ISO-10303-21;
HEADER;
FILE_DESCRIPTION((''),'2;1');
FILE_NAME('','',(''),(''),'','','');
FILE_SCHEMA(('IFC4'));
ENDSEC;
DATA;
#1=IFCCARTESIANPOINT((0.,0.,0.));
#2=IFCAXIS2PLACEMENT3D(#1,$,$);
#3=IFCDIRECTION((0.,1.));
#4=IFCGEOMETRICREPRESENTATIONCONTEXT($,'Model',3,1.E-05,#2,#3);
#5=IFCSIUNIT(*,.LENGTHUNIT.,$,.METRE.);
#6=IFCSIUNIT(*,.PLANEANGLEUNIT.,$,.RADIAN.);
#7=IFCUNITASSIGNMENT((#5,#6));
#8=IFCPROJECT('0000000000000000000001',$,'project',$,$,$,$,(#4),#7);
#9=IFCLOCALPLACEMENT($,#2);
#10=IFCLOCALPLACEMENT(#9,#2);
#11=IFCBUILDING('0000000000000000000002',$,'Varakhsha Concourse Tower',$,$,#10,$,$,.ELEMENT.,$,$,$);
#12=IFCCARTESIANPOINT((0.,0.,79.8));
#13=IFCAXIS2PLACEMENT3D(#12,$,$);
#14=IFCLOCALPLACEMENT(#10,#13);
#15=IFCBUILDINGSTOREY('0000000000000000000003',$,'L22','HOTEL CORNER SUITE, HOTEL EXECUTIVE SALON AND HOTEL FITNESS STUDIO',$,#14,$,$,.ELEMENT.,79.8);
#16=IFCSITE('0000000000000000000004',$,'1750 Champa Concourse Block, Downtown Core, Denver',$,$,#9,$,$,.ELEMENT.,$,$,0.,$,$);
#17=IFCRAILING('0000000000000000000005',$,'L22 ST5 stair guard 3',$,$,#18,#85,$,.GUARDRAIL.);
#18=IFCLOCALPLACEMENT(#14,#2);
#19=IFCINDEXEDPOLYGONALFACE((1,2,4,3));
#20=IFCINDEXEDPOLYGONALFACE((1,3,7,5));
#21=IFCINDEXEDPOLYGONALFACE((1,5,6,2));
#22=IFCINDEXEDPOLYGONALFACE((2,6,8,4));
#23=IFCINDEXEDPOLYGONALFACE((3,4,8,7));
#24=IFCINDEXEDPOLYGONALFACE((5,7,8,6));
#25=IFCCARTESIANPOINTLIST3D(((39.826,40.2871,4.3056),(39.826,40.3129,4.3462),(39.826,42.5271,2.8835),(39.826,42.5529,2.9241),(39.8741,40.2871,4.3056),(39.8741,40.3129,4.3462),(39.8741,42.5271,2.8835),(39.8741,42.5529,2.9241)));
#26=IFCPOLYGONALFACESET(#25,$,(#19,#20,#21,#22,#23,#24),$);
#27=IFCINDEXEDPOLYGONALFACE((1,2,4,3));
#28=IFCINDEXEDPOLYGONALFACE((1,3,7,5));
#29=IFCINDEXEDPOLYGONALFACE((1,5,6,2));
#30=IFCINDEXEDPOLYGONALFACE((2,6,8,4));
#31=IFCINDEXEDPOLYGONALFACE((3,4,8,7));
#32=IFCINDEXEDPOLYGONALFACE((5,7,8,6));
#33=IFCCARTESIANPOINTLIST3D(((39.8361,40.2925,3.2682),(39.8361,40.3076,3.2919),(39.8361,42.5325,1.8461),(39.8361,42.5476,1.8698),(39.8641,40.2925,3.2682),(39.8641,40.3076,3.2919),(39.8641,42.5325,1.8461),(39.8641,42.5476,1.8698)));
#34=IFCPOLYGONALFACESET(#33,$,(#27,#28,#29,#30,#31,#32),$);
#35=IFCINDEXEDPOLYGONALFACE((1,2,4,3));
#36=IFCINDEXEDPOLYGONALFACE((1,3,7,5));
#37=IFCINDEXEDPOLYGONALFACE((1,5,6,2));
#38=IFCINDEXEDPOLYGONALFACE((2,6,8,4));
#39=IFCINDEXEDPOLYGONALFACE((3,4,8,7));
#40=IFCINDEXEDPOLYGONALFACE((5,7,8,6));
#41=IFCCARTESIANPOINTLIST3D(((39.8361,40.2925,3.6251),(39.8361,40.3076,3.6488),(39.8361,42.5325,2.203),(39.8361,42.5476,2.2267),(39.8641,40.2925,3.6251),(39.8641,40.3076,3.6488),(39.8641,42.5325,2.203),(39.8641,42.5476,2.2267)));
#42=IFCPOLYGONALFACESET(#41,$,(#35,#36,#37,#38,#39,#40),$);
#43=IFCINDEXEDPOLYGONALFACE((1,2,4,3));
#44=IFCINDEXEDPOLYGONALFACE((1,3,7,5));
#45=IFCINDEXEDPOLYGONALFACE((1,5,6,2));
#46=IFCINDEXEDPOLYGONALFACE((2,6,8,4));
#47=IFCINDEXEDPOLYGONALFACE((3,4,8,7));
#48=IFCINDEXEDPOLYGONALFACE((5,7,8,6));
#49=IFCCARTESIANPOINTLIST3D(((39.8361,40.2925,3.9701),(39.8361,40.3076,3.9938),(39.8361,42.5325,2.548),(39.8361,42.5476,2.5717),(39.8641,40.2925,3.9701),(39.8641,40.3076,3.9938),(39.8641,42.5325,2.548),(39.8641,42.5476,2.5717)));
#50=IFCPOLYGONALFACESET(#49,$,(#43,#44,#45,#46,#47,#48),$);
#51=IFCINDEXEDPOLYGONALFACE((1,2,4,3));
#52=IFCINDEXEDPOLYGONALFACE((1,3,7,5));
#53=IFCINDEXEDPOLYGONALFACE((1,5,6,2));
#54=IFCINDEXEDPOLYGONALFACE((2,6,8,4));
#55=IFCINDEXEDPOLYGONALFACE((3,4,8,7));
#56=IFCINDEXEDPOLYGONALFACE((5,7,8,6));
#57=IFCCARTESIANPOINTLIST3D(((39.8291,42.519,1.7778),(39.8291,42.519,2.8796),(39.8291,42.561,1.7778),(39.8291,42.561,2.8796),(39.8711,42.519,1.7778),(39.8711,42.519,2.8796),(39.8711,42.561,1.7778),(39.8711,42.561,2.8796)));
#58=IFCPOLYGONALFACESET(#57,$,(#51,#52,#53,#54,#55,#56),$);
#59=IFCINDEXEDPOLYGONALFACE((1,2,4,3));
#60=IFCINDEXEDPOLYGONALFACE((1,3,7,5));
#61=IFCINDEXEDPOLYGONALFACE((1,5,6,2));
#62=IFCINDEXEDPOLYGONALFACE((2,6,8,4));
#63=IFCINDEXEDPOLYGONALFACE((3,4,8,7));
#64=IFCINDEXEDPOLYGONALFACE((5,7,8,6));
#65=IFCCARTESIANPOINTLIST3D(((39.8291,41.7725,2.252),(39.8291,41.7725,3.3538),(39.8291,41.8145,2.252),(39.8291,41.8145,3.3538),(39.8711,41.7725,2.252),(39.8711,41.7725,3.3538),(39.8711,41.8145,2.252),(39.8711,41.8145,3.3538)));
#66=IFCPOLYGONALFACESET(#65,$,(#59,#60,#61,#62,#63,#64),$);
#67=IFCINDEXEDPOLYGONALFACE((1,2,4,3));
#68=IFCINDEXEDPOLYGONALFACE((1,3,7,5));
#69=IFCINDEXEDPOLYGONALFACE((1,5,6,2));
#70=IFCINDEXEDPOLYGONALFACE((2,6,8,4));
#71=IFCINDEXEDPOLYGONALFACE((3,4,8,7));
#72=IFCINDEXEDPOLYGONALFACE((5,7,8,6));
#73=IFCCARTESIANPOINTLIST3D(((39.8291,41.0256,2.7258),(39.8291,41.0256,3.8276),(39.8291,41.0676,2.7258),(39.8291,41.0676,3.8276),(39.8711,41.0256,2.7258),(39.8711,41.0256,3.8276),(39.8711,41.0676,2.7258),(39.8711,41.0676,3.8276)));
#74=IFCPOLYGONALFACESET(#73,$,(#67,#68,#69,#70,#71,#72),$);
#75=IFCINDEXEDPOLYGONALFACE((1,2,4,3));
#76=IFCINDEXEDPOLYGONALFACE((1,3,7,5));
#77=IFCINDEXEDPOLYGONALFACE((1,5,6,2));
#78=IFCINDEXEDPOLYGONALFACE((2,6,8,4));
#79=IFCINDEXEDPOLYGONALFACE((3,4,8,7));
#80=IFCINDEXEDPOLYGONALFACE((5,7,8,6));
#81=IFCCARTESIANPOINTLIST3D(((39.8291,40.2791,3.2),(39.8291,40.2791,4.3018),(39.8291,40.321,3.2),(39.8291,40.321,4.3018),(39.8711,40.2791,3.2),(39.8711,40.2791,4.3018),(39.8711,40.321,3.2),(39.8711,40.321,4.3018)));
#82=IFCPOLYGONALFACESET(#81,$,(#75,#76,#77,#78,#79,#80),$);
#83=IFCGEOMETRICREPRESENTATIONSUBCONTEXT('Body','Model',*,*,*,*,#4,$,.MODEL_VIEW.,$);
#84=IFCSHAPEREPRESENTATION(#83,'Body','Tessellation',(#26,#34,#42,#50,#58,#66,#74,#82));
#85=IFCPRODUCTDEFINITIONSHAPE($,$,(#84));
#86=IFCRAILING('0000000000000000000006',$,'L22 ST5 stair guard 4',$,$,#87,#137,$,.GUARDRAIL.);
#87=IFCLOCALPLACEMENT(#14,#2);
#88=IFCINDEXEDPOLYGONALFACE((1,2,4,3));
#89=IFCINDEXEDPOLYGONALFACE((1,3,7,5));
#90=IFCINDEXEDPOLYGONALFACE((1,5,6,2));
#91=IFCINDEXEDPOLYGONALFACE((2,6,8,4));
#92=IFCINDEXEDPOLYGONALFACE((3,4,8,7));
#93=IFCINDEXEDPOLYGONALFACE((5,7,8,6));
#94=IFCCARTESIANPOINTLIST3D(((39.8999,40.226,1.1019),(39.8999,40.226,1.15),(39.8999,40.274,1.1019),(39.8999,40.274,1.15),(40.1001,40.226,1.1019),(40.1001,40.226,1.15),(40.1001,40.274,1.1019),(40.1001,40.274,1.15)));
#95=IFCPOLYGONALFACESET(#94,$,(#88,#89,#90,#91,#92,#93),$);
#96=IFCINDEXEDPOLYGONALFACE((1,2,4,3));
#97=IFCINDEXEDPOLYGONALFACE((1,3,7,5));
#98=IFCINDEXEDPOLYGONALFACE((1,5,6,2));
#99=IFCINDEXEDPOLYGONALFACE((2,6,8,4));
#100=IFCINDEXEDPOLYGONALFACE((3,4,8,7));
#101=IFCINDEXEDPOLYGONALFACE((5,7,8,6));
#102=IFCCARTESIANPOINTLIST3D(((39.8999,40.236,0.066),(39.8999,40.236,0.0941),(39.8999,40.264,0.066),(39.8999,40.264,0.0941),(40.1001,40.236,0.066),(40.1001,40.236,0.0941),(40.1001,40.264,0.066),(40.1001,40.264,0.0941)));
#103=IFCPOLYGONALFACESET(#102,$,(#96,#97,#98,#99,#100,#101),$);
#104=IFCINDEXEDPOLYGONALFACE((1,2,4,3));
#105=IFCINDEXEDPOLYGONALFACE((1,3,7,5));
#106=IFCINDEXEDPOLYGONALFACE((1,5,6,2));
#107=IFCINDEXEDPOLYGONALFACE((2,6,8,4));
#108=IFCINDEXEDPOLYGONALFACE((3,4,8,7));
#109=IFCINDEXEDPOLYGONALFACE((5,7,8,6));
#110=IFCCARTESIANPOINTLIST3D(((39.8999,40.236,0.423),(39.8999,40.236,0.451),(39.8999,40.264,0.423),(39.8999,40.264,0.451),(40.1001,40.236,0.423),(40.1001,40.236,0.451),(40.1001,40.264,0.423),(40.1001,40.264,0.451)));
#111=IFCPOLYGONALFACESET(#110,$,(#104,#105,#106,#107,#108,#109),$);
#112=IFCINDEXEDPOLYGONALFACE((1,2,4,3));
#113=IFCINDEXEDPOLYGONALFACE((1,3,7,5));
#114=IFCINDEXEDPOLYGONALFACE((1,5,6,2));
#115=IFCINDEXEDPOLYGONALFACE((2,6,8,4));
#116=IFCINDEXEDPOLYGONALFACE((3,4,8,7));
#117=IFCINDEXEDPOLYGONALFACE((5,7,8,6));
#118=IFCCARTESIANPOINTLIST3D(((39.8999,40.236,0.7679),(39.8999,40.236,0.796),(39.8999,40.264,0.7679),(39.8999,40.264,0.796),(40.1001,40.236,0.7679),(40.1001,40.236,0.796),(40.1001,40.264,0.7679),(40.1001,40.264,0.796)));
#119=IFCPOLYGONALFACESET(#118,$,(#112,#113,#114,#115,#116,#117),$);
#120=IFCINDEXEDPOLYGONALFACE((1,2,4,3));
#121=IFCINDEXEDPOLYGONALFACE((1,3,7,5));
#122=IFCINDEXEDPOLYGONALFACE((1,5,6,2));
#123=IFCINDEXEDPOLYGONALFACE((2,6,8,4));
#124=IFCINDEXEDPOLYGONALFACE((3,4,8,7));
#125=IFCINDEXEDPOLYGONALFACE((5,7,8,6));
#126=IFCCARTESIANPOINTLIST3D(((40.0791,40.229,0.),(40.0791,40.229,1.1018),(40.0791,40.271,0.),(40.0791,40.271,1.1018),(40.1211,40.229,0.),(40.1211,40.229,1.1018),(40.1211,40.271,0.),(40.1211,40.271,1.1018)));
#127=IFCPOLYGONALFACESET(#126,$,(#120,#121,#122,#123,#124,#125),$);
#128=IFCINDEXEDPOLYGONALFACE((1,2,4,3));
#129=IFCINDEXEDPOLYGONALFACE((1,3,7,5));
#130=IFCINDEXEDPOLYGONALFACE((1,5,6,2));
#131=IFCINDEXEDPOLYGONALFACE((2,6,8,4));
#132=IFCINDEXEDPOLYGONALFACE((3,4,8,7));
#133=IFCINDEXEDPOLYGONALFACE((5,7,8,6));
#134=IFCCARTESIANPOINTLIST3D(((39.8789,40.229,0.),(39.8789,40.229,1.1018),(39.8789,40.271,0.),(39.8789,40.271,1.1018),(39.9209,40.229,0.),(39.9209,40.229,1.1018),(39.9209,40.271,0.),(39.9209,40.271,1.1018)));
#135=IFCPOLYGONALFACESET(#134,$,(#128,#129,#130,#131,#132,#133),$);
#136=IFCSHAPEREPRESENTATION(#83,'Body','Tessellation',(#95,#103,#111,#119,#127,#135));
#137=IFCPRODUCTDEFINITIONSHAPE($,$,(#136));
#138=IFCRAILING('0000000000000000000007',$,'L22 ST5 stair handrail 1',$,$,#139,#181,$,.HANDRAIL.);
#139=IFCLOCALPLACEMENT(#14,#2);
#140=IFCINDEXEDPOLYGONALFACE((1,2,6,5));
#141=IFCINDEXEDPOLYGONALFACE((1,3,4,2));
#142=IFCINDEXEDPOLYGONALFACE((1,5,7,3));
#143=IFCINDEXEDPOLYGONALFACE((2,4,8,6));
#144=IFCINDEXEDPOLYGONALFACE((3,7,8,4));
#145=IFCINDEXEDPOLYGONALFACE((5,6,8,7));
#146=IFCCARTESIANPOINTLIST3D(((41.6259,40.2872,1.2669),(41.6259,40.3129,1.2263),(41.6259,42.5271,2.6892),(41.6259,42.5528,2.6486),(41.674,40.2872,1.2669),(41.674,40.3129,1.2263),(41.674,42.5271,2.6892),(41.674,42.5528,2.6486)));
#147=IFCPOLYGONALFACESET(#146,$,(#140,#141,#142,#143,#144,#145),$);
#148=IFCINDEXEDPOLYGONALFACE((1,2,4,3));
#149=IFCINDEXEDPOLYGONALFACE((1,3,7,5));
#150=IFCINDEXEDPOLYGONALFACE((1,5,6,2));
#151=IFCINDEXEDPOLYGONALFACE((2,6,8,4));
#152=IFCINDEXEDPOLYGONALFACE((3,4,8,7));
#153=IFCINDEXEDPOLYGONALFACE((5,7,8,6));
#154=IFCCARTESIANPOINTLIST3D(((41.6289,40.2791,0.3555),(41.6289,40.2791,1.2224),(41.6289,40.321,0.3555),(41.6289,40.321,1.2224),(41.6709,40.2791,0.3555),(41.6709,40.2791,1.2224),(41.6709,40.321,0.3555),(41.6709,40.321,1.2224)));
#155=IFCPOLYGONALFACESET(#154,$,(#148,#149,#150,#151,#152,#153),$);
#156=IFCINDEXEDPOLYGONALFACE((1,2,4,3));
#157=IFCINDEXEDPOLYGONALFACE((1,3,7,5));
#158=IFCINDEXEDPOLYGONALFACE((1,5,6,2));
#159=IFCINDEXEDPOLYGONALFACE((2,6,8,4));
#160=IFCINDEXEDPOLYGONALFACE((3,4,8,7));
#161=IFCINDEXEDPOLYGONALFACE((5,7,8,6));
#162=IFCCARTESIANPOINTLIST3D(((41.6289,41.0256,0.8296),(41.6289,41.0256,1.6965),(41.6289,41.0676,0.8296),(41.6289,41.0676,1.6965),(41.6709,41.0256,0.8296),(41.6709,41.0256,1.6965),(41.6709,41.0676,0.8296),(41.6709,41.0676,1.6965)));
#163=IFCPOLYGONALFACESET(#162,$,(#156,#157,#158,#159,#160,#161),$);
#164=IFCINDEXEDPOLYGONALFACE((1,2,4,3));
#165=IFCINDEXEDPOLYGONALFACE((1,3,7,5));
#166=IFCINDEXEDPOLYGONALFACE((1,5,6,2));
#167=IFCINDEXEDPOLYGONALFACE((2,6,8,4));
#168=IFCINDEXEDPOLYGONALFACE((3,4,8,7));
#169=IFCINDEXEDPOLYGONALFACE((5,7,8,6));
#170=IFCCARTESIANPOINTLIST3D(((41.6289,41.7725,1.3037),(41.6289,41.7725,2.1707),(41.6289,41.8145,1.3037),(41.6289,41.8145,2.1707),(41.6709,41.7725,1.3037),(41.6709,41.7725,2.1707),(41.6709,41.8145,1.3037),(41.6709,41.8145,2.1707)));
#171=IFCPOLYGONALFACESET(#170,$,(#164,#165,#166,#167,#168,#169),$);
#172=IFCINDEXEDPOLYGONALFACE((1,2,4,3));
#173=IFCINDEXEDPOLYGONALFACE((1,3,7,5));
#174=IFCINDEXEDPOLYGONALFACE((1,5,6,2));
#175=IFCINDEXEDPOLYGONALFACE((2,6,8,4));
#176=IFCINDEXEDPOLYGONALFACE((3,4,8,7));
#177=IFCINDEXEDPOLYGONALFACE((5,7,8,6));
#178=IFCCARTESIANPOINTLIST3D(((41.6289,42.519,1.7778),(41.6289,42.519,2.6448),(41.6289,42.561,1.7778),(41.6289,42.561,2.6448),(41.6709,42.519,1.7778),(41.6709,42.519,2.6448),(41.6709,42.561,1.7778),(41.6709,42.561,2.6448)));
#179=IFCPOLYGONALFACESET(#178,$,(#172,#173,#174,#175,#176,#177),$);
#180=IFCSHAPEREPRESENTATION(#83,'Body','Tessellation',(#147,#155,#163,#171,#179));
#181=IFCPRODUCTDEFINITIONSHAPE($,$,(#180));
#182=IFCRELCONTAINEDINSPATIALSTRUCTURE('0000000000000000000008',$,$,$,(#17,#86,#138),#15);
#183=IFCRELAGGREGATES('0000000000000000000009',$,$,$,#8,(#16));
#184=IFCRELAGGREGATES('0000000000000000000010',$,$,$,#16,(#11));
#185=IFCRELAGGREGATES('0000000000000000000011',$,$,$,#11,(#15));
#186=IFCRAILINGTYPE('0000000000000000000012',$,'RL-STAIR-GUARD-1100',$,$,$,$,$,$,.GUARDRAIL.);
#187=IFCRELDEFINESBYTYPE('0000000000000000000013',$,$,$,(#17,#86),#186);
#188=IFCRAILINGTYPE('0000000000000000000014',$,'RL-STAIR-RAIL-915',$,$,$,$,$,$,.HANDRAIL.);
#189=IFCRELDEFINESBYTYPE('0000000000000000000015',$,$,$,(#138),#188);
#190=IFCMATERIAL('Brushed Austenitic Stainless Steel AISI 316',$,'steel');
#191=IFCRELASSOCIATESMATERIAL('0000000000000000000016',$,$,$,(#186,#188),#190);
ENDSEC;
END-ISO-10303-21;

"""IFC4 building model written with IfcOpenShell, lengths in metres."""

from ifc_helpers import new_model, si_unit, direction, frame, origin, origin_2d, place, context, subcontext, project, spatial, rectangle, extrude, material, type_object, element, save


model = new_model("IFC4")

# Units and contexts
model_context = context("Model", 3, precision=1e-05, world=origin(), true_north=direction((0.0, 1.0)))
body_context = subcontext(model_context, "Body", "Model", "MODEL_VIEW")
ifc_project = project(units=[si_unit("LENGTHUNIT", "METRE"), si_unit("PLANEANGLEUNIT", "RADIAN")], contexts=[model_context])

# Site, building, storey
site_placement = place(None, origin())
site = spatial("IfcSite", under=ifc_project, at=site_placement, Name="1750 Champa Concourse Block, Downtown Core, Denver", CompositionType="ELEMENT", RefElevation=0.0)
building_placement = place(site_placement, origin())
building = spatial("IfcBuilding", under=site, at=building_placement, Name="Varakhsha Concourse Tower", CompositionType="ELEMENT")
storey_placement = place(building_placement, frame((0.0, 0.0, 79.8)))
storey = spatial("IfcBuildingStorey", under=building, at=storey_placement, Name="L22", Description="HOTEL CORNER SUITE, HOTEL EXECUTIVE SALON AND HOTEL FITNESS STUDIO", CompositionType="ELEMENT", Elevation=79.8)

# Railings
ifc_material_1 = material(Name="Brushed Austenitic Stainless Steel AISI 316", Category="steel")
railing_type_1 = type_object("IfcRailingType", Name="RL-STAIR-GUARD-1100", PredefinedType="GUARDRAIL", material=ifc_material_1)
railing_1_placement = place(storey_placement, frame((39.8501, 42.54, 1.7778)))
element("IfcRailing", 1, at=railing_1_placement, inside=storey, type_object=railing_type_1, Name="L22 ST5 stair guard 3", PredefinedType="GUARDRAIL", context=body_context, shape_type="SweptSolid", body=[
    extrude(rectangle(XDim=0.0481, YDim=0.0481, at=origin_2d()), frame((0.0, 0.0, 1.126), z_axis=(0.0, -0.844229, 0.535982), x_axis=(1.0, 0.0, 0.0)), (0.0, 0.0, 1.0), 2.6533),
    extrude(rectangle(XDim=0.0281, YDim=0.0281, at=origin_2d()), frame((0.0, 0.0, 0.0801), z_axis=(0.0, -0.844229, 0.535982), x_axis=(1.0, 0.0, 0.0)), (0.0, 0.0, 1.0), 2.6533),
    extrude(rectangle(XDim=0.0281, YDim=0.0281, at=origin_2d()), frame((0.0, 0.0, 0.437), z_axis=(0.0, -0.844229, 0.535982), x_axis=(1.0, 0.0, 0.0)), (0.0, 0.0, 1.0), 2.6533),
    extrude(rectangle(XDim=0.0281, YDim=0.0281, at=origin_2d()), frame((0.0, 0.0, 0.782), z_axis=(0.0, -0.844229, 0.535982), x_axis=(1.0, 0.0, 0.0)), (0.0, 0.0, 1.0), 2.6533),
    extrude(rectangle(XDim=0.042, YDim=0.042, at=origin_2d()), origin(), (0.0, 0.0, 1.0), 1.1018),
    extrude(rectangle(XDim=0.042, YDim=0.042, at=origin_2d()), frame((0.0, -0.7466, 0.4741)), (0.0, 0.0, 1.0), 1.1018),
    extrude(rectangle(XDim=0.042, YDim=0.042, at=origin_2d()), frame((0.0, -1.4934, 0.948)), (0.0, 0.0, 1.0), 1.1018),
    extrude(rectangle(XDim=0.042, YDim=0.042, at=origin_2d()), frame((0.0, -2.24, 1.4221)), (0.0, 0.0, 1.0), 1.1018),
])
railing_2_placement = place(storey_placement, frame((40.1001, 40.25, 0.0)))
element("IfcRailing", 2, at=railing_2_placement, inside=storey, type_object=railing_type_1, Name="L22 ST5 stair guard 4", PredefinedType="GUARDRAIL", context=body_context, shape_type="SweptSolid", body=[
    extrude(rectangle(XDim=0.0481, YDim=0.0481, at=origin_2d()), frame((0.0, 0.0, 1.126), z_axis=(-1.0, 0.0, 0.0), x_axis=(0.0, -1.0, 0.0)), (0.0, 0.0, 1.0), 0.2002),
    extrude(rectangle(XDim=0.0281, YDim=0.0281, at=origin_2d()), frame((0.0, 0.0, 0.0801), z_axis=(-1.0, 0.0, 0.0), x_axis=(0.0, -1.0, 0.0)), (0.0, 0.0, 1.0), 0.2002),
    extrude(rectangle(XDim=0.0281, YDim=0.0281, at=origin_2d()), frame((0.0, 0.0, 0.437), z_axis=(-1.0, 0.0, 0.0), x_axis=(0.0, -1.0, 0.0)), (0.0, 0.0, 1.0), 0.2002),
    extrude(rectangle(XDim=0.0281, YDim=0.0281, at=origin_2d()), frame((0.0, 0.0, 0.782), z_axis=(-1.0, 0.0, 0.0), x_axis=(0.0, -1.0, 0.0)), (0.0, 0.0, 1.0), 0.2002),
    extrude(rectangle(XDim=0.042, YDim=0.042, at=origin_2d()), origin(), (0.0, 0.0, 1.0), 1.1018),
    extrude(rectangle(XDim=0.042, YDim=0.042, at=origin_2d()), frame((-0.2002, 0.0, 0.0)), (0.0, 0.0, 1.0), 1.1018),
])
railing_type_2 = type_object("IfcRailingType", Name="RL-STAIR-RAIL-915", PredefinedType="HANDRAIL", material=ifc_material_1)
railing_3_placement = place(storey_placement, frame((41.6499, 40.3, 0.3555)))
element("IfcRailing", 3, at=railing_3_placement, inside=storey, type_object=railing_type_2, Name="L22 ST5 stair handrail 1", PredefinedType="HANDRAIL", context=body_context, shape_type="SweptSolid", body=[
    extrude(rectangle(XDim=0.0481, YDim=0.0481, at=origin_2d()), frame((0.0, 0.0, 0.8911), z_axis=(0.0, 0.844188, 0.536048), x_axis=(-1.0, 0.0, 0.0)), (0.0, 0.0, 1.0), 2.6533),
    extrude(rectangle(XDim=0.042, YDim=0.042, at=origin_2d()), origin(), (0.0, 0.0, 1.0), 0.8669),
    extrude(rectangle(XDim=0.042, YDim=0.042, at=origin_2d()), frame((0.0, 0.7466, 0.4741)), (0.0, 0.0, 1.0), 0.8669),
    extrude(rectangle(XDim=0.042, YDim=0.042, at=origin_2d()), frame((0.0, 1.4934, 0.9482)), (0.0, 0.0, 1.0), 0.8669),
    extrude(rectangle(XDim=0.042, YDim=0.042, at=origin_2d()), frame((0.0, 2.24, 1.4224)), (0.0, 0.0, 1.0), 0.8669),
])

save(model, "model.ifc")
